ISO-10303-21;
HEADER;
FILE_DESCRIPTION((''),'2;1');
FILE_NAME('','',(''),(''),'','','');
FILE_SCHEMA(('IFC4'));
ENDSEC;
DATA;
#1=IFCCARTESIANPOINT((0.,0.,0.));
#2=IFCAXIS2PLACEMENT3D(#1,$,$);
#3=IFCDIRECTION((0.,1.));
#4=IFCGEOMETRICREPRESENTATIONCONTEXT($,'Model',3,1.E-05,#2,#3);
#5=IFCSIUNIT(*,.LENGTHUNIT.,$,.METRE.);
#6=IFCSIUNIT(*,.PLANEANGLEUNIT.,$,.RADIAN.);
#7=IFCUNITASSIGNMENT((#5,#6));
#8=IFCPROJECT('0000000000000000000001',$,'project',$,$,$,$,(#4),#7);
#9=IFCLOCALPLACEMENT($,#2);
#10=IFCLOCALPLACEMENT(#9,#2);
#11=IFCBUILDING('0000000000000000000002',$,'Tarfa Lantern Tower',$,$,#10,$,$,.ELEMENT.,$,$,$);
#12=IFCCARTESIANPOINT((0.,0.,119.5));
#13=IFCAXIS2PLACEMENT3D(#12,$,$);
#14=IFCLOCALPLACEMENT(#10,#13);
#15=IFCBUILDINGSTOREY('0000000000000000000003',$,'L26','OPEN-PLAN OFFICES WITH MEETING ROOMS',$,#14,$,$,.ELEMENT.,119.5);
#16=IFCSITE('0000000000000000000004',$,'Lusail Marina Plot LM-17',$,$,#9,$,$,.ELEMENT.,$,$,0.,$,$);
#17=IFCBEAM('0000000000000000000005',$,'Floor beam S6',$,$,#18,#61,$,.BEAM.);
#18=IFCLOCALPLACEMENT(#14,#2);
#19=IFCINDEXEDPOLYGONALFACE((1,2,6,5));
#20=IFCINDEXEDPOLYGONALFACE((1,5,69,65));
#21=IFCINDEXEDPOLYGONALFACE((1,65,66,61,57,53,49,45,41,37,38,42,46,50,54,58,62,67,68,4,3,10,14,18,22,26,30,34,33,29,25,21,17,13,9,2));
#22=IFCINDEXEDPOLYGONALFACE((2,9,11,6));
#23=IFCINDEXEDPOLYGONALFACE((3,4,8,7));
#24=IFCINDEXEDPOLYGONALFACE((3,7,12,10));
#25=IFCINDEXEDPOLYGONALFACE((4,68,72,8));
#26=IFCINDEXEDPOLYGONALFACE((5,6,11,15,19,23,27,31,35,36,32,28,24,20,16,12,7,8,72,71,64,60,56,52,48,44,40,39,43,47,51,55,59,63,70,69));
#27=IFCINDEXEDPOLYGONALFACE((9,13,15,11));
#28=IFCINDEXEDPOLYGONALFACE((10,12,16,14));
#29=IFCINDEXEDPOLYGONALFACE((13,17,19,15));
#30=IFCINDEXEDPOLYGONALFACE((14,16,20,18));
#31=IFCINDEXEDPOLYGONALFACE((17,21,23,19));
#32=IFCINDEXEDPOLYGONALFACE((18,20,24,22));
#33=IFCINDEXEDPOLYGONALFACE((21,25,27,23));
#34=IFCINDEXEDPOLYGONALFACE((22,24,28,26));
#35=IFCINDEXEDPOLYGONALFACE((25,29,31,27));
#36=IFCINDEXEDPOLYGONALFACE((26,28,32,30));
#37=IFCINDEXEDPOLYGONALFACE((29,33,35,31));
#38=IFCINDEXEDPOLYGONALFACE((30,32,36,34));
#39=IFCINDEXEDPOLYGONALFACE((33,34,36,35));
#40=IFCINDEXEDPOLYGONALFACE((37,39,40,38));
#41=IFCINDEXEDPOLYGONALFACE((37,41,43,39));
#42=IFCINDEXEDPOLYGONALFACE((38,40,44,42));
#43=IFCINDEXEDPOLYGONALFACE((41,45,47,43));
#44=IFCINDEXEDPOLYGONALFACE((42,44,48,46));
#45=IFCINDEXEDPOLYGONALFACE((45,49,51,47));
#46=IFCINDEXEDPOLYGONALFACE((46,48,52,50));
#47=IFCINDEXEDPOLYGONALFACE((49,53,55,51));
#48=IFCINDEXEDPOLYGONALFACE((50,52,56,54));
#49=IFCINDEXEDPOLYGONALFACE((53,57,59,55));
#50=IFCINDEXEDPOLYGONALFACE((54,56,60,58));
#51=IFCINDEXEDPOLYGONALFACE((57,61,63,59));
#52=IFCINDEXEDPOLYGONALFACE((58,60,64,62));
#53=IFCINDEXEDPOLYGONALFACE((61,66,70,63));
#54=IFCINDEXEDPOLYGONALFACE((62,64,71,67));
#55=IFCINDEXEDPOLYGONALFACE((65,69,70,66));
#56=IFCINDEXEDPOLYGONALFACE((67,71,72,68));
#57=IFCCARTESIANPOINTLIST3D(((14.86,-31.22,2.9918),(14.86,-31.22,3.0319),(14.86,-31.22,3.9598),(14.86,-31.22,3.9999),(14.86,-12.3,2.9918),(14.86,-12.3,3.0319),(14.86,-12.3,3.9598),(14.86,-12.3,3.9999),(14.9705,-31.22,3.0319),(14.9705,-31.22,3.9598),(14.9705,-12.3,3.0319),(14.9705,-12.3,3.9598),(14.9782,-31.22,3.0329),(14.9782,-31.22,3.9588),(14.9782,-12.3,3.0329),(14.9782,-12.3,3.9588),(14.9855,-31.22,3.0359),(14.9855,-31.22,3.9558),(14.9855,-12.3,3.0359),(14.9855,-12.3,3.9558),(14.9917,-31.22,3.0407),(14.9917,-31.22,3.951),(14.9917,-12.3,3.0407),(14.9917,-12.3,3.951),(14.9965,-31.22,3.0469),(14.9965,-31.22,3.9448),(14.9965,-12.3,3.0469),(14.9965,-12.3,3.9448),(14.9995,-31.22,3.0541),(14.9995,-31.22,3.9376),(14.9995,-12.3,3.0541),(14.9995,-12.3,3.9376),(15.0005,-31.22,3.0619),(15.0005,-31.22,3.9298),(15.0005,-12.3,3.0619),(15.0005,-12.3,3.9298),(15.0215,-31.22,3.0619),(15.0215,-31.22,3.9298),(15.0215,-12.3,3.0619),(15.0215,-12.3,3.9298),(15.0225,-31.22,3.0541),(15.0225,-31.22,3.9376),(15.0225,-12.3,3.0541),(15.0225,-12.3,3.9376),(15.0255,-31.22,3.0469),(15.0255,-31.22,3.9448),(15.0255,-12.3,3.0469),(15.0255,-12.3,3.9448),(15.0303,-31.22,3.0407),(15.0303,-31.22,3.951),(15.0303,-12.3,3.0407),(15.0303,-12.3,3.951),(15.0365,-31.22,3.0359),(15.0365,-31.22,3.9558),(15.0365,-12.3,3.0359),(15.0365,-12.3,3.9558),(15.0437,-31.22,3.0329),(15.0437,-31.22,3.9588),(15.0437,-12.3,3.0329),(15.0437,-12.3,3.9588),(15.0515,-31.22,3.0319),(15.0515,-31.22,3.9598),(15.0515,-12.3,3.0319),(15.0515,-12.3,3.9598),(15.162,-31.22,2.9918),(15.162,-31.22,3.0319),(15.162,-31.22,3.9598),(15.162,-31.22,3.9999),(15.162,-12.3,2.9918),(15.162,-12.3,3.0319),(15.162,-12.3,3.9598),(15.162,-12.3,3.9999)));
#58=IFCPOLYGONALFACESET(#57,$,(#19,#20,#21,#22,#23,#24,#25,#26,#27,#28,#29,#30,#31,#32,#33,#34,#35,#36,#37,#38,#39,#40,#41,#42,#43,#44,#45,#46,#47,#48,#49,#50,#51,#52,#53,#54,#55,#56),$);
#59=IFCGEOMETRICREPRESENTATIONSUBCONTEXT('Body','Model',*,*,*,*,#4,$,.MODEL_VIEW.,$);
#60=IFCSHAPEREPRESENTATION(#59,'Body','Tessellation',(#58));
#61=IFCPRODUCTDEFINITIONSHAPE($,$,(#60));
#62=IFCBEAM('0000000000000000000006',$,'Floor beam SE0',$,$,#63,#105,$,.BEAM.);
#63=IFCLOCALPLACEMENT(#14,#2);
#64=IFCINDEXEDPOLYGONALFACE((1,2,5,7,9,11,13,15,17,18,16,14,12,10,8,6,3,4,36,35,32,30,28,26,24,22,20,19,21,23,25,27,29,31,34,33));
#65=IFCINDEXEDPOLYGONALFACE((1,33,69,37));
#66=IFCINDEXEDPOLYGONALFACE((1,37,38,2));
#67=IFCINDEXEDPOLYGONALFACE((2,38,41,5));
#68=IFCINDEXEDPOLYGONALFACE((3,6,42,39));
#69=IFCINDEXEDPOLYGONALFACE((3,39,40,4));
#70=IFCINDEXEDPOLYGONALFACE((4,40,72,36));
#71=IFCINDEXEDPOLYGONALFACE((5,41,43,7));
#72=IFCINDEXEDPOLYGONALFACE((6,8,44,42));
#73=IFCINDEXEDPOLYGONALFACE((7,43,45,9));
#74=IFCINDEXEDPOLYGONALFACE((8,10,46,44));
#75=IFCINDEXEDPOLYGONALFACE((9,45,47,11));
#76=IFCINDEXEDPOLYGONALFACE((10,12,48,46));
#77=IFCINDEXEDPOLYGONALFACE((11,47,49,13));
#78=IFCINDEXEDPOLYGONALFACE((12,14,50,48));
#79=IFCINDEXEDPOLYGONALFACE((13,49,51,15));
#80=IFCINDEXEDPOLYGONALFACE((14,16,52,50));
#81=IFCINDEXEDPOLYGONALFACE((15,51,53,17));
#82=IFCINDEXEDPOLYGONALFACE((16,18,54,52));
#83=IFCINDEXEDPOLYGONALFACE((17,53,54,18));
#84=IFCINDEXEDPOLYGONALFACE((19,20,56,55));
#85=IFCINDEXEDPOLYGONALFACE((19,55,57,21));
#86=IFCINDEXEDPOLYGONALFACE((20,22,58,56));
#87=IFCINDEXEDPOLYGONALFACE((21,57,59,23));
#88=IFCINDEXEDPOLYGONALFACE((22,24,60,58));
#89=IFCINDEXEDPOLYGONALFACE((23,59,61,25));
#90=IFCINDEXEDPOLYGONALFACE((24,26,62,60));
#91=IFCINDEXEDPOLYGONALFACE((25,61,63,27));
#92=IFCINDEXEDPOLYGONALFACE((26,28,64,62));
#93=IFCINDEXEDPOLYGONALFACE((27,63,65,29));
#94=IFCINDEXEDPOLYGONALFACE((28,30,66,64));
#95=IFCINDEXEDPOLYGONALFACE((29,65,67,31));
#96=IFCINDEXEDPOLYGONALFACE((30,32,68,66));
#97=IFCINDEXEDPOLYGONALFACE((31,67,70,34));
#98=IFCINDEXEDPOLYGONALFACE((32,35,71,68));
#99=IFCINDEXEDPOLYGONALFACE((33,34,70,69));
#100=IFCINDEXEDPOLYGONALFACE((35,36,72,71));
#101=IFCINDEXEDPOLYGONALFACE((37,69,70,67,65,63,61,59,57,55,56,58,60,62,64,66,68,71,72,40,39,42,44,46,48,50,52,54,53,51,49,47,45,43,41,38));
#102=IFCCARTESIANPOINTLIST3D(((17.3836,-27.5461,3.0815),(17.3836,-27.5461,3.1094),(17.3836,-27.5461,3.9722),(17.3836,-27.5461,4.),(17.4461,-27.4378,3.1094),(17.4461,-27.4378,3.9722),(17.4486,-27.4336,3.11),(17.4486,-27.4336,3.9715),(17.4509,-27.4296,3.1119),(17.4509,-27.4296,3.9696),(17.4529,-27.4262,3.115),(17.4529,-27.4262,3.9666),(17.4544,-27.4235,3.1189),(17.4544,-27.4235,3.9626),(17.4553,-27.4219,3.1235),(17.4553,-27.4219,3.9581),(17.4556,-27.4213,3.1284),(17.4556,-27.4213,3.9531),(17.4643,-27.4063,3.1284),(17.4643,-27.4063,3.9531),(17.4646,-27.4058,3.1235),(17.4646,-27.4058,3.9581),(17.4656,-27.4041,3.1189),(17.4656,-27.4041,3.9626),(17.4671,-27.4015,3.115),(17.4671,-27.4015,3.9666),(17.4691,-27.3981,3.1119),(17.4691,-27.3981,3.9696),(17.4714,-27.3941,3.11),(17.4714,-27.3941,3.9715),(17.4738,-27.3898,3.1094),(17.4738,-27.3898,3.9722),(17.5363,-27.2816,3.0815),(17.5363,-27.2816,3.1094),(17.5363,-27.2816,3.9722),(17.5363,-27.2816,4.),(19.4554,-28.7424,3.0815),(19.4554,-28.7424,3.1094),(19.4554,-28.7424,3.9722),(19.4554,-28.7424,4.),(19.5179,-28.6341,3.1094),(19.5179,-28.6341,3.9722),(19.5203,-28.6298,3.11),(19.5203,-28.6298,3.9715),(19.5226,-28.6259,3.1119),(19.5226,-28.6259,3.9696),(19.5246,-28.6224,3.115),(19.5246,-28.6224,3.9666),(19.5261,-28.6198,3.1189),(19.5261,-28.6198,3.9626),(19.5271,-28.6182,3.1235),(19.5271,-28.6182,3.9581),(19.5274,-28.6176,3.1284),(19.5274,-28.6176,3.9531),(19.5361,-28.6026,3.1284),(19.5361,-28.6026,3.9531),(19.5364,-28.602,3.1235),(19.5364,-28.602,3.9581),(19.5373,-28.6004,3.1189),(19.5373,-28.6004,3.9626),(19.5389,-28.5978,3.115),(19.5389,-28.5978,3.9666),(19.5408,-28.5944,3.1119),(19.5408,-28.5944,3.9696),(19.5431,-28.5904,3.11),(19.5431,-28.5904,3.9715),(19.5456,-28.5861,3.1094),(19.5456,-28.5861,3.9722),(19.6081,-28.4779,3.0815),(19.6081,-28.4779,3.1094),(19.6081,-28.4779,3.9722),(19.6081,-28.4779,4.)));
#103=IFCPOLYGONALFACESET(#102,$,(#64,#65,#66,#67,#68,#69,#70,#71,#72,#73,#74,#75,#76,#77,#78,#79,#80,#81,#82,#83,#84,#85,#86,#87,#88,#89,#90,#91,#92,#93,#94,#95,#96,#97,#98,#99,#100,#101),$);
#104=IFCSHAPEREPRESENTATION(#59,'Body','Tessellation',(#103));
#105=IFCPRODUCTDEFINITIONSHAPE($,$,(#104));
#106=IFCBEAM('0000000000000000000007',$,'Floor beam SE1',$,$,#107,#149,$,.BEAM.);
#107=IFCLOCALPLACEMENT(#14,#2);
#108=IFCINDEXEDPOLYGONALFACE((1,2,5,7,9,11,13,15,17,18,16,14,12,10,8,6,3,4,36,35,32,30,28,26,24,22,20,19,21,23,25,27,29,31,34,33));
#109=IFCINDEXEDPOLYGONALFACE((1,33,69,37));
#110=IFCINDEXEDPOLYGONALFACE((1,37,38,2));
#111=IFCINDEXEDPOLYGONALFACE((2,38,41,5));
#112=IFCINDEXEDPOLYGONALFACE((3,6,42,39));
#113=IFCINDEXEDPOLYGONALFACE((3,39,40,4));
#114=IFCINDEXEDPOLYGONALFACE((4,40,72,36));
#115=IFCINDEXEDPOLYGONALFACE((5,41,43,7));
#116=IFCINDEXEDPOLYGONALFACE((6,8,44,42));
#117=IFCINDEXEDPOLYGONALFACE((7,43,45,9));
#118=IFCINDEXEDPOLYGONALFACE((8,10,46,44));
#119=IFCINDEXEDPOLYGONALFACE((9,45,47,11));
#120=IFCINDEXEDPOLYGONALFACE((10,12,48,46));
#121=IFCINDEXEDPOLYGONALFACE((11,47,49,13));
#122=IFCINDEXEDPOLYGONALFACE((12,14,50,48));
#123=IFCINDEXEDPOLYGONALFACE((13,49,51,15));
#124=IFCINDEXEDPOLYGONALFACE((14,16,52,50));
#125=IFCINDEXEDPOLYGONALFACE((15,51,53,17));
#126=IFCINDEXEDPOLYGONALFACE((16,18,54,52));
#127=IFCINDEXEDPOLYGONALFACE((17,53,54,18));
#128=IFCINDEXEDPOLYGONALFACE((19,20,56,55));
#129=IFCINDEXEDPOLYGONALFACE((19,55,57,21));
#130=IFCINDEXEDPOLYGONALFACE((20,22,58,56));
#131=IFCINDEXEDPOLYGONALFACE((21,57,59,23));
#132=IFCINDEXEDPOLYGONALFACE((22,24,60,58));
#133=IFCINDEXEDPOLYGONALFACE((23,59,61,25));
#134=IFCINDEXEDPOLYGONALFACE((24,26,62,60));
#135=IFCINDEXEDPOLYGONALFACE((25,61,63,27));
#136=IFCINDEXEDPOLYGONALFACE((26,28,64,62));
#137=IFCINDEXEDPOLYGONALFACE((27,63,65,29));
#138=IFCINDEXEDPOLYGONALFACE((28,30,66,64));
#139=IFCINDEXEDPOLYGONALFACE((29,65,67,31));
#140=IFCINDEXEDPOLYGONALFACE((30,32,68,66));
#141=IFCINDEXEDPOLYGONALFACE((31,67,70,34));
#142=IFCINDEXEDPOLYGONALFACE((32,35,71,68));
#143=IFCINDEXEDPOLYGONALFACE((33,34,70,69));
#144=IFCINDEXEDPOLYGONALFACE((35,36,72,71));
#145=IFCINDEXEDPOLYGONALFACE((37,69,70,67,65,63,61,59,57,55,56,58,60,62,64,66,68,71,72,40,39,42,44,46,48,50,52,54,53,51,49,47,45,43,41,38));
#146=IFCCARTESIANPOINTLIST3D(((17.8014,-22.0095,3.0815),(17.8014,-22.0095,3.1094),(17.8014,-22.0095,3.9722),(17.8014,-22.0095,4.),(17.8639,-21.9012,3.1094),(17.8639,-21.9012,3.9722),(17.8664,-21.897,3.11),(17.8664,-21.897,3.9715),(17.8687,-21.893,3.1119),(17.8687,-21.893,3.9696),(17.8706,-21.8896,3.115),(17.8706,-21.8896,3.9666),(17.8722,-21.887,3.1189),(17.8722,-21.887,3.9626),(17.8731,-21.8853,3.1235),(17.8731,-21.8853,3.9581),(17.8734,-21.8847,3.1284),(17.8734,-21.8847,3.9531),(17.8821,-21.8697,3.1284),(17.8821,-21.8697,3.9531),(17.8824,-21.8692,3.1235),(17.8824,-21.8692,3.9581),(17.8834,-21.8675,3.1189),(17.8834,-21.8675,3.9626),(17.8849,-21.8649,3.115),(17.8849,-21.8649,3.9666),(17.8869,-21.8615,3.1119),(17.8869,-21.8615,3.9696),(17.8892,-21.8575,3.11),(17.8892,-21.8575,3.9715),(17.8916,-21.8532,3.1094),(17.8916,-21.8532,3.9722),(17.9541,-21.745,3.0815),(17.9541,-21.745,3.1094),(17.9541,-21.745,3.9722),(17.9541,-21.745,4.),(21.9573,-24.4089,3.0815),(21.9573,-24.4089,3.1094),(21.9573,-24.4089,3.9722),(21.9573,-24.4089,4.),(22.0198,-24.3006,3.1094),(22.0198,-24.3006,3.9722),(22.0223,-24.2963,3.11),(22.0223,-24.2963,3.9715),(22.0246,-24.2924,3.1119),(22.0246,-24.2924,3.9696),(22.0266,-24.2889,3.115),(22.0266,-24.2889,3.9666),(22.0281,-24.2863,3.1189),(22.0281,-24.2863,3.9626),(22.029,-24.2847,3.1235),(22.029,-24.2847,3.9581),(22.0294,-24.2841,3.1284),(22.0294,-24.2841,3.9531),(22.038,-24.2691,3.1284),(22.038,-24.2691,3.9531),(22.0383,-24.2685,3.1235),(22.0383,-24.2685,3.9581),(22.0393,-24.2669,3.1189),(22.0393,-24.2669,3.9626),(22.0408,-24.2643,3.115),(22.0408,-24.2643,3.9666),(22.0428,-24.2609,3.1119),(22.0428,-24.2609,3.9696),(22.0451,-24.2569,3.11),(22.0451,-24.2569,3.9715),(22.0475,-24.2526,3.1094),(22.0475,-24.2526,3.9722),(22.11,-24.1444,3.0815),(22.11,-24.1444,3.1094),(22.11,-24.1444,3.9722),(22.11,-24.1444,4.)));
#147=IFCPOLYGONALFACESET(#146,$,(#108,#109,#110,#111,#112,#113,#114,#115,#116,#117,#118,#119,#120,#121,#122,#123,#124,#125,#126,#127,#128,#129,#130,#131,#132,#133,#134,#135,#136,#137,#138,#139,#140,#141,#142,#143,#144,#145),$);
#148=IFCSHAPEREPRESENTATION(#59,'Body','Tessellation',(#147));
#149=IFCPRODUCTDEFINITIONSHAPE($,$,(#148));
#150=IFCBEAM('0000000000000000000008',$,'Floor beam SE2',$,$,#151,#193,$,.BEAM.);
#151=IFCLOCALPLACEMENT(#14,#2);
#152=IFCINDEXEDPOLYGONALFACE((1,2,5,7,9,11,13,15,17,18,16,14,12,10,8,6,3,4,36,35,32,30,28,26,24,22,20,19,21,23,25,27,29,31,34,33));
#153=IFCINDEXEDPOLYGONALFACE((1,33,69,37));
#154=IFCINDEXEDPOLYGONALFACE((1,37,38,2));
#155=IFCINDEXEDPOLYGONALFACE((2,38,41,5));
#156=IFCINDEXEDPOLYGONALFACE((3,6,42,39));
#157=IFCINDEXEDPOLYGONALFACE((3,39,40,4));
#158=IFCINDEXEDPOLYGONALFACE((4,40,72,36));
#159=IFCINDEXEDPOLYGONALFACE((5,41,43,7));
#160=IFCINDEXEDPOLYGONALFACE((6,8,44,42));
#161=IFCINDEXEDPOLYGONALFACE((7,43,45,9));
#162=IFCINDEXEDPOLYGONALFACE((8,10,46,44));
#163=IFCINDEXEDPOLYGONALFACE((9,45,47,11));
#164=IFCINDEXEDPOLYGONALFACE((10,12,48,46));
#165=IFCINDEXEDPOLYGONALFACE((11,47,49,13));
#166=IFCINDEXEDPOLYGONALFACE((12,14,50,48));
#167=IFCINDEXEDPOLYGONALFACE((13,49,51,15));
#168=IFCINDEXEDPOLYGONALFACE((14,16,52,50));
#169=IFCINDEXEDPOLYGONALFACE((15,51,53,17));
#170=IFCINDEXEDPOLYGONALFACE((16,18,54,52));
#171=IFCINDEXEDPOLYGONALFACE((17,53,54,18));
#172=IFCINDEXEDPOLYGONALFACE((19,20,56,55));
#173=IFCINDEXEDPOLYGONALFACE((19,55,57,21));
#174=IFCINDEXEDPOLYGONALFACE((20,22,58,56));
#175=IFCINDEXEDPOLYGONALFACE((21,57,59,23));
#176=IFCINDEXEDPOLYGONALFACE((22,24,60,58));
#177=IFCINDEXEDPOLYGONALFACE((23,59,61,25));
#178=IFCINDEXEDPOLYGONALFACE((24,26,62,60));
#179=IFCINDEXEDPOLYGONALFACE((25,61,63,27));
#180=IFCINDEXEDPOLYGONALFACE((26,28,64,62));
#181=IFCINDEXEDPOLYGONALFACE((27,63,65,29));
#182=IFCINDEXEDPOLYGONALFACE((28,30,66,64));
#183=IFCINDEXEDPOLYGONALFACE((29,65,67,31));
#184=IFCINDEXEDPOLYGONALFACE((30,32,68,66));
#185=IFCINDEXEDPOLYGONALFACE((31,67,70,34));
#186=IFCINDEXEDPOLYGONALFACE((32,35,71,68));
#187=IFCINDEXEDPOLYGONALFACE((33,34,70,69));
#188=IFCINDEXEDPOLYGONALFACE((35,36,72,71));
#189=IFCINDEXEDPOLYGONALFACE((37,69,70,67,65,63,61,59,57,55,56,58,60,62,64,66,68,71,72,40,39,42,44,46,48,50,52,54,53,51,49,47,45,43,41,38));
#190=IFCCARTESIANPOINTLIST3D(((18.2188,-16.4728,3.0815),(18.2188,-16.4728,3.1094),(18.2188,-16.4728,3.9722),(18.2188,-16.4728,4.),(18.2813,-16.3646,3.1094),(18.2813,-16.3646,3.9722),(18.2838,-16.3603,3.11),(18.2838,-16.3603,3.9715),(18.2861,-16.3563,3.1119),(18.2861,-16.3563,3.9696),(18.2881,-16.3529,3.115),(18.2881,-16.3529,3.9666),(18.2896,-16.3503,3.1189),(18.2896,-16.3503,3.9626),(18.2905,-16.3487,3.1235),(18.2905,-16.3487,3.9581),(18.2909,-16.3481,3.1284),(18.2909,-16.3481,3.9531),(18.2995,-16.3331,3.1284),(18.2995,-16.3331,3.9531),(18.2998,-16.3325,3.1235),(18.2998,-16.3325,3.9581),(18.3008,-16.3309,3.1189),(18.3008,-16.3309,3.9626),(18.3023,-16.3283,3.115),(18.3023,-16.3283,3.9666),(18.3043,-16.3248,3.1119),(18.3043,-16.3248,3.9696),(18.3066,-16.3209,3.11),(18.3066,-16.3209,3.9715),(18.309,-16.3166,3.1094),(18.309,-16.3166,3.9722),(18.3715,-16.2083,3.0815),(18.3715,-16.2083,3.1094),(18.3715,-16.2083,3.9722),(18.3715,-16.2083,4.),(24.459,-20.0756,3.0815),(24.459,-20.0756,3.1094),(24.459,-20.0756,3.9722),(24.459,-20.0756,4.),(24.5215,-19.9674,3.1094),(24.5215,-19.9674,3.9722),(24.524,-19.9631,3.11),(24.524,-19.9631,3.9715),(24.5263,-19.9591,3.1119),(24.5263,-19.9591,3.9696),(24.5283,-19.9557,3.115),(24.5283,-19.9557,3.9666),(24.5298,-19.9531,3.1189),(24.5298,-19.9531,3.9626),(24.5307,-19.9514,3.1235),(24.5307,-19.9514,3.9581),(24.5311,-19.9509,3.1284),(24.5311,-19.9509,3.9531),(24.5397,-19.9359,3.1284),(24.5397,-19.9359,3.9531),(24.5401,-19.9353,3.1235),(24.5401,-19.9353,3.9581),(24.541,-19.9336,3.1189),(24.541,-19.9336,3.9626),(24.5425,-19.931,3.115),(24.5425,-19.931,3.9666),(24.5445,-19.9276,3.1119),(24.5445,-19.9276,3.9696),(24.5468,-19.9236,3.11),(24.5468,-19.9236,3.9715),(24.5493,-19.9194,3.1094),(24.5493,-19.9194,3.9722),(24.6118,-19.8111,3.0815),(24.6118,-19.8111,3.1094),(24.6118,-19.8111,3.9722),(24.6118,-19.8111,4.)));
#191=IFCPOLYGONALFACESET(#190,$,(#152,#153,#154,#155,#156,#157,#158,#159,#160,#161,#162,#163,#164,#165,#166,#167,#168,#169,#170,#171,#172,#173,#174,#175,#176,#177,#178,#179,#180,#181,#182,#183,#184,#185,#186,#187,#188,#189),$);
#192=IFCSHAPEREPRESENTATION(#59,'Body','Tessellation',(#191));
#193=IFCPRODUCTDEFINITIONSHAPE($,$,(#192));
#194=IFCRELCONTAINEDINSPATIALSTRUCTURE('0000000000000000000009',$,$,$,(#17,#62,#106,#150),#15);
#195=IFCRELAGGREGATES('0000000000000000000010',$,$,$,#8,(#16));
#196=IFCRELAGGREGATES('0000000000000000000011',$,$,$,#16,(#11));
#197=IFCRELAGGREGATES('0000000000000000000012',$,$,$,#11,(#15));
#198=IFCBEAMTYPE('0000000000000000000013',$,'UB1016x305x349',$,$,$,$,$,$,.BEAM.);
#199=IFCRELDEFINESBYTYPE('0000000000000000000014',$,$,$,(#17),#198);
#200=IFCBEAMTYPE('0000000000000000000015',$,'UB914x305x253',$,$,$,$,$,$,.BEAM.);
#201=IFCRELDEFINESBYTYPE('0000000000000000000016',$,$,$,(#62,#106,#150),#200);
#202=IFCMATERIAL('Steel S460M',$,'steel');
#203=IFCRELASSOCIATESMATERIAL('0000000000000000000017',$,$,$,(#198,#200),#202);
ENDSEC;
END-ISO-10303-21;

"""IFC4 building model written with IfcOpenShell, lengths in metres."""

from ifc_helpers import new_model, si_unit, direction, frame, origin, origin_2d, place, context, subcontext, project, spatial, i_section, extrude, material, material_profile, profile_set, type_object, element, save


model = new_model("IFC4")

# Units and contexts
model_context = context("Model", 3, precision=1e-05, world=origin(), true_north=direction((0.0, 1.0)))
body_context = subcontext(model_context, "Body", "Model", "MODEL_VIEW")
ifc_project = project(units=[si_unit("LENGTHUNIT", "METRE"), si_unit("PLANEANGLEUNIT", "RADIAN")], contexts=[model_context])

# Site, building, storey
site_placement = place(None, origin())
site = spatial("IfcSite", under=ifc_project, at=site_placement, Name="Lusail Marina Plot LM-17", CompositionType="ELEMENT", RefElevation=0.0)
building_placement = place(site_placement, origin())
building = spatial("IfcBuilding", under=site, at=building_placement, Name="Tarfa Lantern Tower", CompositionType="ELEMENT")
storey_placement = place(building_placement, frame((0.0, 0.0, 119.5)))
storey = spatial("IfcBuildingStorey", under=building, at=storey_placement, Name="L26", Description="OPEN-PLAN OFFICES WITH MEETING ROOMS", CompositionType="ELEMENT", Elevation=119.5)

# Beams
ifc_material_1 = material(Name="Steel S460M", Category="steel")
ifc_material_profile_1 = material_profile(ifc_material_1, i_section(OverallWidth=0.302, OverallDepth=1.0081, WebThickness=0.021, FlangeThickness=0.04, FilletRadius=0.03, at=origin_2d()), Name="UB1016x305x349")
ifc_profile_set_1 = profile_set([ifc_material_profile_1], Name="Steel S460M")
beam_type_1 = type_object("IfcBeamType", Name="UB1016x305x349", PredefinedType="BEAM", material=ifc_profile_set_1)
beam_1_placement = place(storey_placement, frame((15.011, -31.22, 3.4958), z_axis=(0.0, 1.0, 0.0), x_axis=(-1.0, 0.0, 0.0)))
element("IfcBeam", 1, at=beam_1_placement, inside=storey, type_object=beam_type_1, Name="Floor beam S6", PredefinedType="BEAM", context=body_context, shape_type="SweptSolid", body=[
    extrude(i_section(OverallWidth=0.302, OverallDepth=1.0081, WebThickness=0.021, FlangeThickness=0.04, FilletRadius=0.03, at=origin_2d()), origin(), (0.0, 0.0, 1.0), 18.9199),
])
ifc_material_profile_2 = material_profile(ifc_material_1, i_section(OverallWidth=0.3054, OverallDepth=0.9185, WebThickness=0.0173, FlangeThickness=0.0278, FilletRadius=0.019, at=origin_2d()), Name="UB914x305x253")
ifc_profile_set_2 = profile_set([ifc_material_profile_2], Name="Steel S460M")
beam_type_2 = type_object("IfcBeamType", Name="UB914x305x253", PredefinedType="BEAM", material=ifc_profile_set_2)
beam_2_placement = place(storey_placement, frame((19.5317, -28.6101, 3.5408), z_axis=(-0.865999, 0.500046, 0.0), x_axis=(-0.500046, -0.865999, 0.0)))
element("IfcBeam", 2, at=beam_2_placement, inside=storey, type_object=beam_type_2, Name="Floor beam SE0", PredefinedType="BEAM", context=body_context, shape_type="SweptSolid", body=[
    extrude(i_section(OverallWidth=0.3054, OverallDepth=0.9185, WebThickness=0.0173, FlangeThickness=0.0278, FilletRadius=0.019, at=origin_2d()), origin(), (0.0, 0.0, 1.0), 2.3923),
])
beam_3_placement = place(storey_placement, frame((22.0337, -24.2766, 3.5408), z_axis=(-0.866031, 0.499991, 0.0), x_axis=(-0.499991, -0.866031, 0.0)))
element("IfcBeam", 3, at=beam_3_placement, inside=storey, type_object=beam_type_2, Name="Floor beam SE1", PredefinedType="BEAM", context=body_context, shape_type="SweptSolid", body=[
    extrude(i_section(OverallWidth=0.3054, OverallDepth=0.9185, WebThickness=0.0173, FlangeThickness=0.0278, FilletRadius=0.019, at=origin_2d()), origin(), (0.0, 0.0, 1.0), 4.7988),
])
beam_4_placement = place(storey_placement, frame((24.5354, -19.9434, 3.5408), z_axis=(-0.866026, 0.499998, 0.0), x_axis=(-0.499998, -0.866026, 0.0)))
element("IfcBeam", 4, at=beam_4_placement, inside=storey, type_object=beam_type_2, Name="Floor beam SE2", PredefinedType="BEAM", context=body_context, shape_type="SweptSolid", body=[
    extrude(i_section(OverallWidth=0.3054, OverallDepth=0.9185, WebThickness=0.0173, FlangeThickness=0.0278, FilletRadius=0.019, at=origin_2d()), origin(), (0.0, 0.0, 1.0), 7.2056),
])

save(model, "model.ifc")
